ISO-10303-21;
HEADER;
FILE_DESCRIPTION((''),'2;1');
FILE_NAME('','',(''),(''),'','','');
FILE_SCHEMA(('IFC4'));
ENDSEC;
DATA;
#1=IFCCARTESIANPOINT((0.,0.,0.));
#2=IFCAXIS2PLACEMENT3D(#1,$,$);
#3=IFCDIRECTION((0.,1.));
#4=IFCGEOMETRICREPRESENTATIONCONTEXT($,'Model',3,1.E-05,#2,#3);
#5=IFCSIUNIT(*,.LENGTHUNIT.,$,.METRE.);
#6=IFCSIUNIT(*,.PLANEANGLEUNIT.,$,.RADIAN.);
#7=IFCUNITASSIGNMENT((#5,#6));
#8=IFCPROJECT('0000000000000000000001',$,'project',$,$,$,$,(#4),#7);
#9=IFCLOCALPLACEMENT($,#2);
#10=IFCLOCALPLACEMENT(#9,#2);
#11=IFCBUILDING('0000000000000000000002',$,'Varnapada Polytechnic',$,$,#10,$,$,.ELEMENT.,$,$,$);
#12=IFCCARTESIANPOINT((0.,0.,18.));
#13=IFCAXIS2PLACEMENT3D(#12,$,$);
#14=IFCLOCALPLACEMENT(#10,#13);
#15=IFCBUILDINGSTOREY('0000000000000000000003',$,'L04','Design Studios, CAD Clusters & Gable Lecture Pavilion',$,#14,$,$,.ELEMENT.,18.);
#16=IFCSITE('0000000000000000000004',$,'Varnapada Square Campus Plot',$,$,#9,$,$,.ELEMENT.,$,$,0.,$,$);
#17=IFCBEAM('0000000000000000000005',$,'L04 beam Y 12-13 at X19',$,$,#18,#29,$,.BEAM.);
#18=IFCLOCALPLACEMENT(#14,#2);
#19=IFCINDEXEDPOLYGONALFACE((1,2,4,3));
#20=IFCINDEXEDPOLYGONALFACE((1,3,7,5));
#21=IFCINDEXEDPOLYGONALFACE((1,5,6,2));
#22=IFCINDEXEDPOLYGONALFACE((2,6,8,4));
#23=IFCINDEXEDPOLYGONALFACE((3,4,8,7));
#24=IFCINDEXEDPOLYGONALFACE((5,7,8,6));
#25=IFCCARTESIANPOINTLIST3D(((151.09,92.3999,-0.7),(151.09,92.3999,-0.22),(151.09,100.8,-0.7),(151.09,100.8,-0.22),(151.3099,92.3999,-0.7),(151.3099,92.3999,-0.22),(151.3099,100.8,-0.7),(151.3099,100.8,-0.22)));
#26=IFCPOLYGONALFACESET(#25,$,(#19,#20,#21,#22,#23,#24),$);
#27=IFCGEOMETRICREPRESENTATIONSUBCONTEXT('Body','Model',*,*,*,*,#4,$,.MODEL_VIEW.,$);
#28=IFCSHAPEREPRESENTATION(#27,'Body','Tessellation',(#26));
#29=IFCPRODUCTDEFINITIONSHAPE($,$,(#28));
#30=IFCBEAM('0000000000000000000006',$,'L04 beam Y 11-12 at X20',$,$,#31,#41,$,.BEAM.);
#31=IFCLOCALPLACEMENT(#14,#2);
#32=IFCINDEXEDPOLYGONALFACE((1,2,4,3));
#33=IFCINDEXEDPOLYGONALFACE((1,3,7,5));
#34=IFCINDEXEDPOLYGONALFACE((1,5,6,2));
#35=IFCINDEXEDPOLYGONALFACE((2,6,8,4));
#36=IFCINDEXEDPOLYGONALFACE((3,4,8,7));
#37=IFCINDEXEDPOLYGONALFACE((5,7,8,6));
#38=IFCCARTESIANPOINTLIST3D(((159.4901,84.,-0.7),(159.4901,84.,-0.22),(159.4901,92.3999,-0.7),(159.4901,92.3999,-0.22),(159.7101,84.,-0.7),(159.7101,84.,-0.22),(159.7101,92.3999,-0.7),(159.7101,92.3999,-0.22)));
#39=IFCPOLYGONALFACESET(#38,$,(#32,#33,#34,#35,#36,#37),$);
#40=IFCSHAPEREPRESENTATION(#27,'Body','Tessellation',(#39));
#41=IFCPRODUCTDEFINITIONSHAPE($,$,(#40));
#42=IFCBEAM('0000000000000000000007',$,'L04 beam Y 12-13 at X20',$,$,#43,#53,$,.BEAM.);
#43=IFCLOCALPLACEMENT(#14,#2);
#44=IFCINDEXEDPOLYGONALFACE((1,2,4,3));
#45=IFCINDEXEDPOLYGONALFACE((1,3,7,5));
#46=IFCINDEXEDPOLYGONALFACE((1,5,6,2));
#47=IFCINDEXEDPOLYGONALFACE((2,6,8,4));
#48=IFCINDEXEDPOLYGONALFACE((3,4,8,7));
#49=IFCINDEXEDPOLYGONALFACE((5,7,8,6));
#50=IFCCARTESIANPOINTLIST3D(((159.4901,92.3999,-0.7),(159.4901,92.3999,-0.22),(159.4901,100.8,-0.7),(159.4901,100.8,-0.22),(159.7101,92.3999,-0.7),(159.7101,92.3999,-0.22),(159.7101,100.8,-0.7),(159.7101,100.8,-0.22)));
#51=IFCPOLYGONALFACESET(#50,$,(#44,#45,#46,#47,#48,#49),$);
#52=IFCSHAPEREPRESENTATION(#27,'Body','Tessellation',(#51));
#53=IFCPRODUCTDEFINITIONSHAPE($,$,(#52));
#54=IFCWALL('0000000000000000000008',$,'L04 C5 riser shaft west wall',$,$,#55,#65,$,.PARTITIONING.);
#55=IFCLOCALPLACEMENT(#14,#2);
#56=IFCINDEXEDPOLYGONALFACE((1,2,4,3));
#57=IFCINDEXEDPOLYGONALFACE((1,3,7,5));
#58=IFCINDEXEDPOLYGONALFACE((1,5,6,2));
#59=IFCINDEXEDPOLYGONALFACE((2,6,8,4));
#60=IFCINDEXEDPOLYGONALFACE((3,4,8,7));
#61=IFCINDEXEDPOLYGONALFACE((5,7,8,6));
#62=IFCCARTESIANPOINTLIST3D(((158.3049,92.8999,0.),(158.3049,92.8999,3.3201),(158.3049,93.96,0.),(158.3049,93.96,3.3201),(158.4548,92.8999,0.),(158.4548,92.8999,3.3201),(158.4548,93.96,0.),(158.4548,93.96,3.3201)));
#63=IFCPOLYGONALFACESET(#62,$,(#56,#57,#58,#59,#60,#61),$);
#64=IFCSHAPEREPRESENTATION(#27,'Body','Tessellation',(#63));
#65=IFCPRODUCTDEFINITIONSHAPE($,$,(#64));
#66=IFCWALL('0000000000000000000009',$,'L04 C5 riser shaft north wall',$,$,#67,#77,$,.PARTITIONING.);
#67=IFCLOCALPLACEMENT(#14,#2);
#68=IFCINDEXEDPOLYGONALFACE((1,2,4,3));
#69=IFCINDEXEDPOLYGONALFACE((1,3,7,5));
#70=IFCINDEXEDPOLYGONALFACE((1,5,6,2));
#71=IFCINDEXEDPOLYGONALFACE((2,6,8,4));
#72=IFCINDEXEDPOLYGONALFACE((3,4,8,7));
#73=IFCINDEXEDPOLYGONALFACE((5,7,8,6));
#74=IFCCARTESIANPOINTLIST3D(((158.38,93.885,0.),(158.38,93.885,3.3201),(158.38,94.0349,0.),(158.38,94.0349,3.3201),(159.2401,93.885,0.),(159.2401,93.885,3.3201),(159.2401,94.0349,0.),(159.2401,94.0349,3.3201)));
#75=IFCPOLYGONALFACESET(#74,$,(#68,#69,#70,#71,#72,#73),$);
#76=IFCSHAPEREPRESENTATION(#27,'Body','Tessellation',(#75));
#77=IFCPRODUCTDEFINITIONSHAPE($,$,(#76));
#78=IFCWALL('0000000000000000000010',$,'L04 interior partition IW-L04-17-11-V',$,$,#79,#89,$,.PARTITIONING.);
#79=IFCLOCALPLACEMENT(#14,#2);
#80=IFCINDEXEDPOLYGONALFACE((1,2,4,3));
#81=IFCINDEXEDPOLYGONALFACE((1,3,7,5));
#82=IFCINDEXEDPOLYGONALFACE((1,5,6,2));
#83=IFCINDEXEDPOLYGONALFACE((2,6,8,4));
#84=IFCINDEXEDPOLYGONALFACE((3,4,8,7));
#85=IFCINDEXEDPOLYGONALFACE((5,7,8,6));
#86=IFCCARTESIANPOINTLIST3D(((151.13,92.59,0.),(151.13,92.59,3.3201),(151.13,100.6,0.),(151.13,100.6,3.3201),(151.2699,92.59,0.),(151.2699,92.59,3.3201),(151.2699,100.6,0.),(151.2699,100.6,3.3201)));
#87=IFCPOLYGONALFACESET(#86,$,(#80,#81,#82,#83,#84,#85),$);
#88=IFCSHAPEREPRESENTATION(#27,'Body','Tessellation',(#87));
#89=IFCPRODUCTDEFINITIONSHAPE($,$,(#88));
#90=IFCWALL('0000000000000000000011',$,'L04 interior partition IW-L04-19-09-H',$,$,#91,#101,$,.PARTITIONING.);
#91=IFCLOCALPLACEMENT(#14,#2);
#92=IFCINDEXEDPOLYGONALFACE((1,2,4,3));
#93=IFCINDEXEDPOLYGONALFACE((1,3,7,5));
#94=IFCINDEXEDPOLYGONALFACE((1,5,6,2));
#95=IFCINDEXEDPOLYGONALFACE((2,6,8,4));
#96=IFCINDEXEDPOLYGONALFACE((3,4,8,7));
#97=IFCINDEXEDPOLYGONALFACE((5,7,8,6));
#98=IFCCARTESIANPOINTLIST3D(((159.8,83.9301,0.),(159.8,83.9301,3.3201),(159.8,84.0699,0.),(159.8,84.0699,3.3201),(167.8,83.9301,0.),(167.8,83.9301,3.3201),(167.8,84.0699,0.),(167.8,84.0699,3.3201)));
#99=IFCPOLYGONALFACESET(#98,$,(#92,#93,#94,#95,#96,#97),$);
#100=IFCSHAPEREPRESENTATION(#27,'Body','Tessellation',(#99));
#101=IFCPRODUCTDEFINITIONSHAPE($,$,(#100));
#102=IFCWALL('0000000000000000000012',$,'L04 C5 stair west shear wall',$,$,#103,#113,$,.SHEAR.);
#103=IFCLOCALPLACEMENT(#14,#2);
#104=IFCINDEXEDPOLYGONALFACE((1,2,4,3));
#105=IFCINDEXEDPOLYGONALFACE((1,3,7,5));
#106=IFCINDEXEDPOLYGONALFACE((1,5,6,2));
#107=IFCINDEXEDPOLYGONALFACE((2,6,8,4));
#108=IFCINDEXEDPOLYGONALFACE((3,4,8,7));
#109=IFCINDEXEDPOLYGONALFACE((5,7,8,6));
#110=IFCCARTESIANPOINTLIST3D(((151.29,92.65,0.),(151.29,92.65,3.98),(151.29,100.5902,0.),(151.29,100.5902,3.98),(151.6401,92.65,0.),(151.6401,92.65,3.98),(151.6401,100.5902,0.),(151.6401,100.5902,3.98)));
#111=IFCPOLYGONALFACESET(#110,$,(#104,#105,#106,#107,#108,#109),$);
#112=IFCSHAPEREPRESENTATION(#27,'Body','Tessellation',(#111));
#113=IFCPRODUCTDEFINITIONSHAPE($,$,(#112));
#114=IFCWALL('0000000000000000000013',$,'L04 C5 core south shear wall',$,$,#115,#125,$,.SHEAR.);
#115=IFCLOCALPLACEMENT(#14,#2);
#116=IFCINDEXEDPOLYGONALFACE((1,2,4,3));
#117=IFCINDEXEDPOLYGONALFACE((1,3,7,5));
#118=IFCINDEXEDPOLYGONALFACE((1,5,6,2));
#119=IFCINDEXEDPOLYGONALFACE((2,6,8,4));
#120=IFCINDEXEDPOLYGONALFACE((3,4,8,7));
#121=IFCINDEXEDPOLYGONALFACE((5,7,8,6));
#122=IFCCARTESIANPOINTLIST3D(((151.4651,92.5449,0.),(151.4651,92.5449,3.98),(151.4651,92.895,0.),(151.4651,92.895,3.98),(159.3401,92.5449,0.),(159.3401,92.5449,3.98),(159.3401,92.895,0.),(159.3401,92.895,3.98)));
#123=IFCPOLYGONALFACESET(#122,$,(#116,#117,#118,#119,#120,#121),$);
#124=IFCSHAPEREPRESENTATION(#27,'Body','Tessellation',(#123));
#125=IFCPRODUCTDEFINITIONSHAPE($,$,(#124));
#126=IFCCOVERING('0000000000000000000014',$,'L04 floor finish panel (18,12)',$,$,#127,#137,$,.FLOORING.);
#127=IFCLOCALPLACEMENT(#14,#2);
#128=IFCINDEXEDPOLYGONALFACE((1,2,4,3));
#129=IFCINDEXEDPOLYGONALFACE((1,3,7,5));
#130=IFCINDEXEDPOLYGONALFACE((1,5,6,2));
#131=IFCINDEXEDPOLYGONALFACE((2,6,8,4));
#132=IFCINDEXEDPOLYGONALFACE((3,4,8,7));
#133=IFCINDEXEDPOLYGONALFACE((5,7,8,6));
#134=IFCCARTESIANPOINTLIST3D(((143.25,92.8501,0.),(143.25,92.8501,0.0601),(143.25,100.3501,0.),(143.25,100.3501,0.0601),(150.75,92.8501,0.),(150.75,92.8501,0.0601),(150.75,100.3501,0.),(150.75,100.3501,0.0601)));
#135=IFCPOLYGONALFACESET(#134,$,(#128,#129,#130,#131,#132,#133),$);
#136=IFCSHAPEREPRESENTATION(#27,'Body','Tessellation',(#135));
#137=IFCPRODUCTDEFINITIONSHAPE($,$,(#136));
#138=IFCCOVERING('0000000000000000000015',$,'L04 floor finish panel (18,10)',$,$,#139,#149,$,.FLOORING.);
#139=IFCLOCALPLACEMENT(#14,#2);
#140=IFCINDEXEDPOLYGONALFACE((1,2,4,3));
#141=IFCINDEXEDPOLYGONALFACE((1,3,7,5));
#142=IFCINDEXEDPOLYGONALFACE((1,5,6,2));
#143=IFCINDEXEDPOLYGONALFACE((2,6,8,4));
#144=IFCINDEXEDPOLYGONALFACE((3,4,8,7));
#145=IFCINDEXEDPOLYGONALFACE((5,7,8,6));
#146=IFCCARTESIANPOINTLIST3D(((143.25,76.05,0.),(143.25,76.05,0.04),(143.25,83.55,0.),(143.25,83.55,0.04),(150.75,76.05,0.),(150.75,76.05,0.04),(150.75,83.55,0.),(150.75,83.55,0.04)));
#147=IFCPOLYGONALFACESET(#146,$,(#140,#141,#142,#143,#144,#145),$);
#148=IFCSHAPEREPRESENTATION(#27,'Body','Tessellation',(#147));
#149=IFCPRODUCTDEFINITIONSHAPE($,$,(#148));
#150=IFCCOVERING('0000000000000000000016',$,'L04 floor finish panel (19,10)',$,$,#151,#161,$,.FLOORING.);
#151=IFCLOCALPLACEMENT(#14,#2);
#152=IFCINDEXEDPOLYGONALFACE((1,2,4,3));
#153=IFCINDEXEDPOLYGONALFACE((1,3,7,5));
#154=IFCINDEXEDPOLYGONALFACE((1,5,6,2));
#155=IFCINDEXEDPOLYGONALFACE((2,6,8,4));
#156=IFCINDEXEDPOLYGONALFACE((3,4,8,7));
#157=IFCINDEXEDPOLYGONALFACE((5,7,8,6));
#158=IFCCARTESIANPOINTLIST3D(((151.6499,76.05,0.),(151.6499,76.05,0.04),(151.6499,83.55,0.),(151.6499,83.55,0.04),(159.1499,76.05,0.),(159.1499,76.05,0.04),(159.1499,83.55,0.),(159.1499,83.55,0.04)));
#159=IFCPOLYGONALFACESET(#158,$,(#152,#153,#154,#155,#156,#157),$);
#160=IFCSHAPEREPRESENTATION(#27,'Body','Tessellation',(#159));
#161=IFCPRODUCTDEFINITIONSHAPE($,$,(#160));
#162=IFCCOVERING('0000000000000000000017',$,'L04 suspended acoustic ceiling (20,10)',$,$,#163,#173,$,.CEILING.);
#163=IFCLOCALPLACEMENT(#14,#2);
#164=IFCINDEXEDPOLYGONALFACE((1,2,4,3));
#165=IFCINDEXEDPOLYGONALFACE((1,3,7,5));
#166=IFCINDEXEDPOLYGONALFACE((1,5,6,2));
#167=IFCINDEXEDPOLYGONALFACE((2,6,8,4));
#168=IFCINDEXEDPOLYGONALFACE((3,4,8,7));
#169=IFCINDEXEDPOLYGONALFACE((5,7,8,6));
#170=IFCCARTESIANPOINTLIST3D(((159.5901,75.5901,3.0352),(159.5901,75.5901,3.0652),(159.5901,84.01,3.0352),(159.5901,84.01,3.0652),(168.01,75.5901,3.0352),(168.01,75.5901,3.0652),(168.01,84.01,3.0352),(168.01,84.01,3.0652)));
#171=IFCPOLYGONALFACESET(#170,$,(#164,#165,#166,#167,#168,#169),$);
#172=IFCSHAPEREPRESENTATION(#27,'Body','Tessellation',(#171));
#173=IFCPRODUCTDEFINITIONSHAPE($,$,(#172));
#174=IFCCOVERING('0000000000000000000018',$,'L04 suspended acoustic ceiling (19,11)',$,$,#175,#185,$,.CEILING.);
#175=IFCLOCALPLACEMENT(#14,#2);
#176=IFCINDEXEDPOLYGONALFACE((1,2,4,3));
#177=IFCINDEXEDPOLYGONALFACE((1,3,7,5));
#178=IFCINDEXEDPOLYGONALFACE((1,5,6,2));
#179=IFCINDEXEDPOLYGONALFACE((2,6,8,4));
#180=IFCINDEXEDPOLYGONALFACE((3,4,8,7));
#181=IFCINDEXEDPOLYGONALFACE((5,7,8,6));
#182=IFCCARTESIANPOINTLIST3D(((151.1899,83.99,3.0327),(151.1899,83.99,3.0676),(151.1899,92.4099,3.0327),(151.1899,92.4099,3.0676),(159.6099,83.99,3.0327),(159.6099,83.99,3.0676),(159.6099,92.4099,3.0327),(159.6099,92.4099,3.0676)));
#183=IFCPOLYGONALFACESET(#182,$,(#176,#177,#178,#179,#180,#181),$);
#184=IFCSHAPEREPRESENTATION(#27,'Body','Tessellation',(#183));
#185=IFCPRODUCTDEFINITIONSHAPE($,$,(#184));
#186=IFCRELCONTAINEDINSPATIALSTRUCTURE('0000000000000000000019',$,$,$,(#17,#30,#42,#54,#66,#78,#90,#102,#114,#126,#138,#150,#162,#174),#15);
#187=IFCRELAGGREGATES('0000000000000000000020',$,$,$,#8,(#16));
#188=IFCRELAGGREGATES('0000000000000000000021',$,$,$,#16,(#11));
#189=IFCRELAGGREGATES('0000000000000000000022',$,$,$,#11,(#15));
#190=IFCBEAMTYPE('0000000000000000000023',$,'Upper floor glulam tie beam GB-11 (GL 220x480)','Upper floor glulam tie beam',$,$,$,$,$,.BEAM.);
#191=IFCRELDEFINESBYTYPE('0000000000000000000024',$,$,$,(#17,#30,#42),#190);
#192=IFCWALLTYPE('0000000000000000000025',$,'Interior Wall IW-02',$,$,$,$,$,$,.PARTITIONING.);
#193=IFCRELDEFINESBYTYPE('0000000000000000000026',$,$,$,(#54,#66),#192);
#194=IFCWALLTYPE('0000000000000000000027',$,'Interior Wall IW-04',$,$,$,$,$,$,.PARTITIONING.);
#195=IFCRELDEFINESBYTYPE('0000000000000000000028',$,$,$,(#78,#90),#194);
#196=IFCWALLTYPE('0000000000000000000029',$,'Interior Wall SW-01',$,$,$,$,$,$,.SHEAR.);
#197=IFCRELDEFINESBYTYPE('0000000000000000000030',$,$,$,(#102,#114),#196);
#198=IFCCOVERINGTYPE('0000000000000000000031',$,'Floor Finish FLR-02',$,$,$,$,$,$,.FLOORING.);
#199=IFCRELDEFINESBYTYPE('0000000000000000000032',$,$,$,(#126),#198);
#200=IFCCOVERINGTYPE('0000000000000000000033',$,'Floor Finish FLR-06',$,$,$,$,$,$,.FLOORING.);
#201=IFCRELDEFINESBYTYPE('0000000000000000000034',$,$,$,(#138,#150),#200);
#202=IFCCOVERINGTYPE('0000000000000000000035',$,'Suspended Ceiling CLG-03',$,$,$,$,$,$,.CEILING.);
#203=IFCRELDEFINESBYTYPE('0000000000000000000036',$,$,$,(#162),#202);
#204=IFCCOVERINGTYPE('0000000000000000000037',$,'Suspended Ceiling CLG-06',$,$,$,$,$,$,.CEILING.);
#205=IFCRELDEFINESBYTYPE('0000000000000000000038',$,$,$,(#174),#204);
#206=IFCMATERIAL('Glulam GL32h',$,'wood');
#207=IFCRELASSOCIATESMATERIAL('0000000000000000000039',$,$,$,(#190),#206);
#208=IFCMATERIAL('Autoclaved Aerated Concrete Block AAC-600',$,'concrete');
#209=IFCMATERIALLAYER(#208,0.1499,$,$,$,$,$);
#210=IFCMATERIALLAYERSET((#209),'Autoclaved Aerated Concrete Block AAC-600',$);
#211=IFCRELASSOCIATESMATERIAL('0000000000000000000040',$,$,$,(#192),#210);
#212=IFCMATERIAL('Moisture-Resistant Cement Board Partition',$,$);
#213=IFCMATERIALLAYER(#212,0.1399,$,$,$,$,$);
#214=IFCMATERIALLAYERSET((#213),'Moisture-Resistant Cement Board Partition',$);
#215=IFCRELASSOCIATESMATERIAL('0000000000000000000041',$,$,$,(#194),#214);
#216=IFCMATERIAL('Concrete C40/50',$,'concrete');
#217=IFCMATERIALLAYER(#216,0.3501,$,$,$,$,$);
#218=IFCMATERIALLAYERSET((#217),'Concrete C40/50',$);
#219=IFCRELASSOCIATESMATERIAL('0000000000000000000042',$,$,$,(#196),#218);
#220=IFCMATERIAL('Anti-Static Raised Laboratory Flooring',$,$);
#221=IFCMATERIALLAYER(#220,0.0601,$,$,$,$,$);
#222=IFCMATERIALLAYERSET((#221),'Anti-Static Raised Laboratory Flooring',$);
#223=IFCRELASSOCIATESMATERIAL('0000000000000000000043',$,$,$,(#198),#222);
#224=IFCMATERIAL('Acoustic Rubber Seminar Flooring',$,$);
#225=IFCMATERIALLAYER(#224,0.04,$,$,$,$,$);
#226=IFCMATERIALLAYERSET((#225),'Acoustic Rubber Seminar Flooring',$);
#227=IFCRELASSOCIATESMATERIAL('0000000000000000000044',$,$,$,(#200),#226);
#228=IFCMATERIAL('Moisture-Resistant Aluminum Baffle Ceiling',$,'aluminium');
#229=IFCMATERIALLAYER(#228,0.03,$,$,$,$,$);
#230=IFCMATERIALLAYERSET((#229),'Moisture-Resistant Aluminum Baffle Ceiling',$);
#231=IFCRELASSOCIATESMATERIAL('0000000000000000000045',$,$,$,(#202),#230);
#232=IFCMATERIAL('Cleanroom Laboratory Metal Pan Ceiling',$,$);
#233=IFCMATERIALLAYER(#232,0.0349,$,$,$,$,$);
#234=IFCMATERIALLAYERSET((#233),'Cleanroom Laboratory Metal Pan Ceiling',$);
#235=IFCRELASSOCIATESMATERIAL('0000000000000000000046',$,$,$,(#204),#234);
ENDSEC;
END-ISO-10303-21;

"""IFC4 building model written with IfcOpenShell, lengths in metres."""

from ifc_helpers import new_model, si_unit, direction, frame, frame_2d, origin, origin_2d, place, context, subcontext, project, spatial, rectangle, extrude, material, layer, layer_set, material_profile, profile_set, type_object, element, save


model = new_model("IFC4")

# Units and contexts
model_context = context("Model", 3, precision=1e-05, world=origin(), true_north=direction((0.0, 1.0)))
body_context = subcontext(model_context, "Body", "Model", "MODEL_VIEW")
ifc_project = project(units=[si_unit("LENGTHUNIT", "METRE"), si_unit("PLANEANGLEUNIT", "RADIAN")], contexts=[model_context])

# Site, building, storey
site_placement = place(None, origin())
site = spatial("IfcSite", under=ifc_project, at=site_placement, Name="Varnapada Square Campus Plot", CompositionType="ELEMENT", RefElevation=0.0)
building_placement = place(site_placement, origin())
building = spatial("IfcBuilding", under=site, at=building_placement, Name="Varnapada Polytechnic", CompositionType="ELEMENT")
storey_placement = place(building_placement, frame((0.0, 0.0, 18.0)))
storey = spatial("IfcBuildingStorey", under=building, at=storey_placement, Name="L04", Description="Design Studios, CAD Clusters & Gable Lecture Pavilion", CompositionType="ELEMENT", Elevation=18.0)

# Shared definitions
ifc_material_1 = material(Name="Glulam GL32h", Category="wood")

# Beams
ifc_material_profile_1 = material_profile(ifc_material_1, rectangle(XDim=0.22, YDim=0.48, at=origin_2d()), Name="GL 220x480")
ifc_profile_set_1 = profile_set([ifc_material_profile_1], Name="Glulam GL32h")
beam_type_1 = type_object("IfcBeamType", Name="Upper floor glulam tie beam GB-11 (GL 220x480)", Description="Upper floor glulam tie beam", PredefinedType="BEAM", material=ifc_profile_set_1)
beam_1_placement = place(storey_placement, frame((151.2, 92.3999, -0.46), z_axis=(0.0, 1.0, 0.0), x_axis=(-1.0, 0.0, 0.0)))
element("IfcBeam", 1, at=beam_1_placement, inside=storey, type_object=beam_type_1, Name="L04 beam Y 12-13 at X19", PredefinedType="BEAM", context=body_context, shape_type="SweptSolid", body=[
    extrude(rectangle(XDim=0.22, YDim=0.48, at=origin_2d()), origin(), (0.0, 0.0, 1.0), 8.4001),
])
beam_2_placement = place(storey_placement, frame((159.6001, 84.0, -0.46), z_axis=(0.0, 1.0, 0.0), x_axis=(-1.0, 0.0, 0.0)))
element("IfcBeam", 2, at=beam_2_placement, inside=storey, type_object=beam_type_1, Name="L04 beam Y 11-12 at X20", PredefinedType="BEAM", context=body_context, shape_type="SweptSolid", body=[
    extrude(rectangle(XDim=0.22, YDim=0.48, at=origin_2d()), origin(), (0.0, 0.0, 1.0), 8.3999),
])
beam_3_placement = place(storey_placement, frame((159.6001, 92.3999, -0.46), z_axis=(0.0, 1.0, 0.0), x_axis=(-1.0, 0.0, 0.0)))
element("IfcBeam", 3, at=beam_3_placement, inside=storey, type_object=beam_type_1, Name="L04 beam Y 12-13 at X20", PredefinedType="BEAM", context=body_context, shape_type="SweptSolid", body=[
    extrude(rectangle(XDim=0.22, YDim=0.48, at=origin_2d()), origin(), (0.0, 0.0, 1.0), 8.4001),
])

# Walls
ifc_material_2 = material(Name="Autoclaved Aerated Concrete Block AAC-600", Category="concrete")
ifc_layer_1 = layer(ifc_material_2, 0.1499)
ifc_layer_set_1 = layer_set([ifc_layer_1], Name="Autoclaved Aerated Concrete Block AAC-600")
wall_type_1 = type_object("IfcWallType", Name="Interior Wall IW-02", PredefinedType="PARTITIONING", material=ifc_layer_set_1)
wall_1_placement = place(storey_placement, frame((158.3799, 93.96, 0.0), z_axis=(0.0, 0.0, 1.0), x_axis=(0.0, -1.0, 0.0)))
element("IfcWall", 4, at=wall_1_placement, inside=storey, type_object=wall_type_1, Name="L04 C5 riser shaft west wall", PredefinedType="PARTITIONING", context=body_context, shape_type="SweptSolid", body=[
    extrude(rectangle(XDim=1.0601, YDim=0.1499, at=frame_2d((0.53, 0.0))), origin(), (0.0, 0.0, 1.0), 3.3201),
])
wall_2_placement = place(storey_placement, frame((158.3799, 93.96, 0.0), z_axis=(0.0, 0.0, 1.0), x_axis=(1.0, 0.0, 0.0)))
element("IfcWall", 5, at=wall_2_placement, inside=storey, type_object=wall_type_1, Name="L04 C5 riser shaft north wall", PredefinedType="PARTITIONING", context=body_context, shape_type="SweptSolid", body=[
    extrude(rectangle(XDim=0.8601, YDim=0.1499, at=frame_2d((0.4302, 0.0))), origin(), (0.0, 0.0, 1.0), 3.3201),
])
ifc_material_3 = material(Name="Moisture-Resistant Cement Board Partition")
ifc_layer_2 = layer(ifc_material_3, 0.1399)
ifc_layer_set_2 = layer_set([ifc_layer_2], Name="Moisture-Resistant Cement Board Partition")
wall_type_2 = type_object("IfcWallType", Name="Interior Wall IW-04", PredefinedType="PARTITIONING", material=ifc_layer_set_2)
wall_3_placement = place(storey_placement, frame((151.2, 92.5901, 0.0), z_axis=(0.0, 0.0, 1.0), x_axis=(0.0, 1.0, 0.0)))
element("IfcWall", 6, at=wall_3_placement, inside=storey, type_object=wall_type_2, Name="L04 interior partition IW-L04-17-11-V", PredefinedType="PARTITIONING", context=body_context, shape_type="SweptSolid", body=[
    extrude(rectangle(XDim=8.01, YDim=0.1399, at=frame_2d((4.0049, 0.0))), origin(), (0.0, 0.0, 1.0), 3.3201),
])
wall_4_placement = place(storey_placement, frame((159.8, 84.0, 0.0), z_axis=(0.0, 0.0, 1.0), x_axis=(1.0, 0.0, 0.0)))
element("IfcWall", 7, at=wall_4_placement, inside=storey, type_object=wall_type_2, Name="L04 interior partition IW-L04-19-09-H", PredefinedType="PARTITIONING", context=body_context, shape_type="SweptSolid", body=[
    extrude(rectangle(XDim=8.0, YDim=0.1399, at=frame_2d((4.0, 0.0))), origin(), (0.0, 0.0, 1.0), 3.3201),
])
ifc_material_4 = material(Name="Concrete C40/50", Category="concrete")
ifc_layer_3 = layer(ifc_material_4, 0.3501)
ifc_layer_set_3 = layer_set([ifc_layer_3], Name="Concrete C40/50")
wall_type_3 = type_object("IfcWallType", Name="Interior Wall SW-01", PredefinedType="SHEAR", material=ifc_layer_set_3)
wall_5_placement = place(storey_placement, frame((151.4651, 92.6499, 0.0), z_axis=(0.0, 0.0, 1.0), x_axis=(0.0, 1.0, 0.0)))
element("IfcWall", 8, at=wall_5_placement, inside=storey, type_object=wall_type_3, Name="L04 C5 stair west shear wall", PredefinedType="SHEAR", context=body_context, shape_type="SweptSolid", body=[
    extrude(rectangle(XDim=7.9402, YDim=0.3501, at=frame_2d((3.9702, 0.0))), origin(), (0.0, 0.0, 1.0), 3.98),
])
wall_6_placement = place(storey_placement, frame((159.3401, 92.72, 0.0), z_axis=(0.0, 0.0, 1.0), x_axis=(-1.0, 0.0, 0.0)))
element("IfcWall", 9, at=wall_6_placement, inside=storey, type_object=wall_type_3, Name="L04 C5 core south shear wall", PredefinedType="SHEAR", context=body_context, shape_type="SweptSolid", body=[
    extrude(rectangle(XDim=7.875, YDim=0.3501, at=frame_2d((3.9375, 0.0))), origin(), (0.0, 0.0, 1.0), 3.98),
])

# Coverings
ifc_material_5 = material(Name="Anti-Static Raised Laboratory Flooring")
ifc_layer_4 = layer(ifc_material_5, 0.0601)
ifc_layer_set_4 = layer_set([ifc_layer_4], Name="Anti-Static Raised Laboratory Flooring")
covering_type_1 = type_object("IfcCoveringType", Name="Floor Finish FLR-02", PredefinedType="FLOORING", material=ifc_layer_set_4)
covering_1_placement = place(storey_placement, frame((147.0, 96.6001, 0.0), z_axis=(0.0, 0.0, 1.0), x_axis=(1.0, 0.0, 0.0)))
element("IfcCovering", 10, at=covering_1_placement, inside=storey, type_object=covering_type_1, Name="L04 floor finish panel (18,12)", PredefinedType="FLOORING", context=body_context, shape_type="SweptSolid", body=[
    extrude(rectangle(XDim=7.5, YDim=7.5, at=origin_2d()), origin(), (0.0, 0.0, 1.0), 0.0601),
])
ifc_material_6 = material(Name="Acoustic Rubber Seminar Flooring")
ifc_layer_5 = layer(ifc_material_6, 0.04)
ifc_layer_set_5 = layer_set([ifc_layer_5], Name="Acoustic Rubber Seminar Flooring")
covering_type_2 = type_object("IfcCoveringType", Name="Floor Finish FLR-06", PredefinedType="FLOORING", material=ifc_layer_set_5)
for number, where, z_axis, x_axis, name in (
    (11, (147.0, 79.8, 0.0), (0.0, 0.0, 1.0), (1.0, 0.0, 0.0), "L04 floor finish panel (18,10)"),
    (12, (155.3999, 79.8, 0.0), (0.0, 0.0, 1.0), (1.0, 0.0, 0.0), "L04 floor finish panel (19,10)"),
):
    element("IfcCovering", number, at=place(storey_placement, frame(where, z_axis=z_axis, x_axis=x_axis)), inside=storey, type_object=covering_type_2, Name=name, PredefinedType="FLOORING", context=body_context, shape_type="SweptSolid", body=[
        extrude(rectangle(XDim=7.5, YDim=7.5, at=origin_2d()), origin(), (0.0, 0.0, 1.0), 0.04),
    ])

# Coverings
ifc_material_7 = material(Name="Moisture-Resistant Aluminum Baffle Ceiling", Category="aluminium")
ifc_layer_6 = layer(ifc_material_7, 0.03)
ifc_layer_set_6 = layer_set([ifc_layer_6], Name="Moisture-Resistant Aluminum Baffle Ceiling")
covering_type_3 = type_object("IfcCoveringType", Name="Suspended Ceiling CLG-03", PredefinedType="CEILING", material=ifc_layer_set_6)
covering_2_placement = place(storey_placement, frame((163.8, 79.8, 3.0352), z_axis=(0.0, 0.0, 1.0), x_axis=(1.0, 0.0, 0.0)))
element("IfcCovering", 13, at=covering_2_placement, inside=storey, type_object=covering_type_3, Name="L04 suspended acoustic ceiling (20,10)", PredefinedType="CEILING", context=body_context, shape_type="SweptSolid", body=[
    extrude(rectangle(XDim=8.4199, YDim=8.4199, at=origin_2d()), origin(), (0.0, 0.0, 1.0), 0.03),
])
ifc_material_8 = material(Name="Cleanroom Laboratory Metal Pan Ceiling")
ifc_layer_7 = layer(ifc_material_8, 0.0349)
ifc_layer_set_7 = layer_set([ifc_layer_7], Name="Cleanroom Laboratory Metal Pan Ceiling")
covering_type_4 = type_object("IfcCoveringType", Name="Suspended Ceiling CLG-06", PredefinedType="CEILING", material=ifc_layer_set_7)
covering_3_placement = place(storey_placement, frame((155.3999, 88.2, 3.0327), z_axis=(0.0, 0.0, 1.0), x_axis=(1.0, 0.0, 0.0)))
element("IfcCovering", 14, at=covering_3_placement, inside=storey, type_object=covering_type_4, Name="L04 suspended acoustic ceiling (19,11)", PredefinedType="CEILING", context=body_context, shape_type="SweptSolid", body=[
    extrude(rectangle(XDim=8.4199, YDim=8.4199, at=origin_2d()), origin(), (0.0, 0.0, 1.0), 0.0349),
])

save(model, "model.ifc")
